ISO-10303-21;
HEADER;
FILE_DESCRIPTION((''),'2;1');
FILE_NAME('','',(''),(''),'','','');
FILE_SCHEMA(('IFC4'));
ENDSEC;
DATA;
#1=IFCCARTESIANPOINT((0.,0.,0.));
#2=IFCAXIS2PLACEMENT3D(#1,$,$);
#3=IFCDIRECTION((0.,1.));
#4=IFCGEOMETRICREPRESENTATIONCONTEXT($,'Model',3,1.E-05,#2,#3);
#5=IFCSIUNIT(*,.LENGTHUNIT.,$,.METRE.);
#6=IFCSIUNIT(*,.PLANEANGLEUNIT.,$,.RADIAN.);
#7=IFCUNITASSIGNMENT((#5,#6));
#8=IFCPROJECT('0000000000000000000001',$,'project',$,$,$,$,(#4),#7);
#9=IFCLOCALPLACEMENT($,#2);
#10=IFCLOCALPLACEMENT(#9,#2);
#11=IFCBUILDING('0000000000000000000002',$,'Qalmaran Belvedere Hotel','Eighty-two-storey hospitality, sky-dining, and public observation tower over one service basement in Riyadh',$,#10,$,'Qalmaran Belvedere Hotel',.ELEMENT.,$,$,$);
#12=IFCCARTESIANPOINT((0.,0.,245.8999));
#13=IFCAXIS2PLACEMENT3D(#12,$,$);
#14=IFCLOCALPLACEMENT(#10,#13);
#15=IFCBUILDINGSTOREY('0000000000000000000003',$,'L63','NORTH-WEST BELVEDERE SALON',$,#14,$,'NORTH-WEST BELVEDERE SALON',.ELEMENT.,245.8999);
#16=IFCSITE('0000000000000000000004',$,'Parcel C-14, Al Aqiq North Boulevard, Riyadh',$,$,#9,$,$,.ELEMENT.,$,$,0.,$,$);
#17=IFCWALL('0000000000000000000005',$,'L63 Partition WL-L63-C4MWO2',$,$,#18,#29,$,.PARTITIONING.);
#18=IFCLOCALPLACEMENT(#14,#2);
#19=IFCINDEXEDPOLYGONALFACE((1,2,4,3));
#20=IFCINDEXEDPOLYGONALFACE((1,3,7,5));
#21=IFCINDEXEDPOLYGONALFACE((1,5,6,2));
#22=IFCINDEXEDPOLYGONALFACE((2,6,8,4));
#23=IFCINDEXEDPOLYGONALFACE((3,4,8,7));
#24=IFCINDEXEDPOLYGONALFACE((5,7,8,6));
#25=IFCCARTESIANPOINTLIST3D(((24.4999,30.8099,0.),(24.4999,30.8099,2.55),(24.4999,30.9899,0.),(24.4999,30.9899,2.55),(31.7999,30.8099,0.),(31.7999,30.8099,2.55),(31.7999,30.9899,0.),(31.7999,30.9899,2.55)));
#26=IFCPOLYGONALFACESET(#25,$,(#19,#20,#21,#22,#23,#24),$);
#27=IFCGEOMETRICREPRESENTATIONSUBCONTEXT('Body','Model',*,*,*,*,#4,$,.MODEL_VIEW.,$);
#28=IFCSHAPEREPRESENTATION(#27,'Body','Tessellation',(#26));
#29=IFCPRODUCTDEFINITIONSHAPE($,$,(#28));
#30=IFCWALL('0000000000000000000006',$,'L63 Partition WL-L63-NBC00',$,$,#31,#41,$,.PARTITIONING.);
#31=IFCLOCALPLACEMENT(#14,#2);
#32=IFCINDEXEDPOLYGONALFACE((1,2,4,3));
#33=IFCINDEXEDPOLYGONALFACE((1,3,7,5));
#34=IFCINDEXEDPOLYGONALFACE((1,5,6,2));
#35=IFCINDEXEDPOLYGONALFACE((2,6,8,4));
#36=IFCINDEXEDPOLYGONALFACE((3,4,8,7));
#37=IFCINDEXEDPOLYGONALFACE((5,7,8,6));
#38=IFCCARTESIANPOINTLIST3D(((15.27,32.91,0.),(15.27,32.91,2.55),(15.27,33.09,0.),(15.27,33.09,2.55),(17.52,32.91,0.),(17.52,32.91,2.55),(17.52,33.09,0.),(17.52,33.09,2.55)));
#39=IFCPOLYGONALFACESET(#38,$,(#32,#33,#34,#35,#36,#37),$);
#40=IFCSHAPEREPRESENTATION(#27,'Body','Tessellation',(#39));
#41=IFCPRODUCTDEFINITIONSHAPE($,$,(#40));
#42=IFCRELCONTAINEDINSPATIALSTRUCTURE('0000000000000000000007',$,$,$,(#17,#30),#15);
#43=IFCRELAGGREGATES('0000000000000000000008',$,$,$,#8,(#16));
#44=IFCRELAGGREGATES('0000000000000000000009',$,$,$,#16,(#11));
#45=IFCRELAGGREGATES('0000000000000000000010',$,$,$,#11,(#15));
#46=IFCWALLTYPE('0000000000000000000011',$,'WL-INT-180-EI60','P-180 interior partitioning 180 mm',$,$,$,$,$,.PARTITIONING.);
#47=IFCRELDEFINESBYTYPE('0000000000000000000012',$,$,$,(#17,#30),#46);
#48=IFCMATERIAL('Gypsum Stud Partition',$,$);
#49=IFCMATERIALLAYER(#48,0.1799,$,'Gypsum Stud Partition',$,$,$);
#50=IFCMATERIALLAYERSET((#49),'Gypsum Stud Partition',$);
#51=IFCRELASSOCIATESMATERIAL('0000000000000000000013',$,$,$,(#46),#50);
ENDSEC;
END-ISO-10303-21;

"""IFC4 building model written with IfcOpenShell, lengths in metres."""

from ifc_helpers import new_model, si_unit, direction, frame, frame_2d, origin, place, context, subcontext, project, spatial, rectangle, extrude, material, layer, layer_set, type_object, element, save


model = new_model("IFC4")

# Units and contexts
model_context = context("Model", 3, precision=1e-05, world=origin(), true_north=direction((0.0, 1.0)))
body_context = subcontext(model_context, "Body", "Model", "MODEL_VIEW")
ifc_project = project(units=[si_unit("LENGTHUNIT", "METRE"), si_unit("PLANEANGLEUNIT", "RADIAN")], contexts=[model_context])

# Site, building, storey
site_placement = place(None, origin())
site = spatial("IfcSite", under=ifc_project, at=site_placement, Name="Parcel C-14, Al Aqiq North Boulevard, Riyadh", CompositionType="ELEMENT", RefElevation=0.0)
building_placement = place(site_placement, origin())
building = spatial("IfcBuilding", under=site, at=building_placement, Name="Qalmaran Belvedere Hotel", Description="Eighty-two-storey hospitality, sky-dining, and public observation tower over one service basement in Riyadh", LongName="Qalmaran Belvedere Hotel", CompositionType="ELEMENT")
storey_placement = place(building_placement, frame((0.0, 0.0, 245.8999)))
storey = spatial("IfcBuildingStorey", under=building, at=storey_placement, Name="L63", Description="NORTH-WEST BELVEDERE SALON", LongName="NORTH-WEST BELVEDERE SALON", CompositionType="ELEMENT", Elevation=245.8999)

# Shared definitions
ifc_material_1 = material(Name="Gypsum Stud Partition")

# Shared definitions
ifc_layer_1 = layer(ifc_material_1, 0.1799, Name="Gypsum Stud Partition")
ifc_layer_set_1 = layer_set([ifc_layer_1], Name="Gypsum Stud Partition")
wall_type_1 = type_object("IfcWallType", Name="WL-INT-180-EI60", Description="P-180 interior partitioning 180 mm", PredefinedType="PARTITIONING", material=ifc_layer_set_1)

# Walls
wall_1_placement = place(storey_placement, frame((24.5, 30.8999, 0.0), z_axis=(0.0, 0.0, 1.0), x_axis=(1.0, 0.0, 0.0)))
element("IfcWall", 1, at=wall_1_placement, inside=storey, type_object=wall_type_1, Name="L63 Partition WL-L63-C4MWO2", PredefinedType="PARTITIONING", context=body_context, shape_type="SweptSolid", body=[
    extrude(rectangle(XDim=7.3, YDim=0.1799, at=frame_2d((3.6499, 0.0))), origin(), (0.0, 0.0, 1.0), 2.55),
])
wall_2_placement = place(storey_placement, frame((15.27, 33.0, 0.0), z_axis=(0.0, 0.0, 1.0), x_axis=(1.0, 0.0, 0.0)))
element("IfcWall", 2, at=wall_2_placement, inside=storey, type_object=wall_type_1, Name="L63 Partition WL-L63-NBC00", PredefinedType="PARTITIONING", context=body_context, shape_type="SweptSolid", body=[
    extrude(rectangle(XDim=2.25, YDim=0.1799, at=frame_2d((1.125, 0.0))), origin(), (0.0, 0.0, 1.0), 2.55),
])

save(model, "model.ifc")
